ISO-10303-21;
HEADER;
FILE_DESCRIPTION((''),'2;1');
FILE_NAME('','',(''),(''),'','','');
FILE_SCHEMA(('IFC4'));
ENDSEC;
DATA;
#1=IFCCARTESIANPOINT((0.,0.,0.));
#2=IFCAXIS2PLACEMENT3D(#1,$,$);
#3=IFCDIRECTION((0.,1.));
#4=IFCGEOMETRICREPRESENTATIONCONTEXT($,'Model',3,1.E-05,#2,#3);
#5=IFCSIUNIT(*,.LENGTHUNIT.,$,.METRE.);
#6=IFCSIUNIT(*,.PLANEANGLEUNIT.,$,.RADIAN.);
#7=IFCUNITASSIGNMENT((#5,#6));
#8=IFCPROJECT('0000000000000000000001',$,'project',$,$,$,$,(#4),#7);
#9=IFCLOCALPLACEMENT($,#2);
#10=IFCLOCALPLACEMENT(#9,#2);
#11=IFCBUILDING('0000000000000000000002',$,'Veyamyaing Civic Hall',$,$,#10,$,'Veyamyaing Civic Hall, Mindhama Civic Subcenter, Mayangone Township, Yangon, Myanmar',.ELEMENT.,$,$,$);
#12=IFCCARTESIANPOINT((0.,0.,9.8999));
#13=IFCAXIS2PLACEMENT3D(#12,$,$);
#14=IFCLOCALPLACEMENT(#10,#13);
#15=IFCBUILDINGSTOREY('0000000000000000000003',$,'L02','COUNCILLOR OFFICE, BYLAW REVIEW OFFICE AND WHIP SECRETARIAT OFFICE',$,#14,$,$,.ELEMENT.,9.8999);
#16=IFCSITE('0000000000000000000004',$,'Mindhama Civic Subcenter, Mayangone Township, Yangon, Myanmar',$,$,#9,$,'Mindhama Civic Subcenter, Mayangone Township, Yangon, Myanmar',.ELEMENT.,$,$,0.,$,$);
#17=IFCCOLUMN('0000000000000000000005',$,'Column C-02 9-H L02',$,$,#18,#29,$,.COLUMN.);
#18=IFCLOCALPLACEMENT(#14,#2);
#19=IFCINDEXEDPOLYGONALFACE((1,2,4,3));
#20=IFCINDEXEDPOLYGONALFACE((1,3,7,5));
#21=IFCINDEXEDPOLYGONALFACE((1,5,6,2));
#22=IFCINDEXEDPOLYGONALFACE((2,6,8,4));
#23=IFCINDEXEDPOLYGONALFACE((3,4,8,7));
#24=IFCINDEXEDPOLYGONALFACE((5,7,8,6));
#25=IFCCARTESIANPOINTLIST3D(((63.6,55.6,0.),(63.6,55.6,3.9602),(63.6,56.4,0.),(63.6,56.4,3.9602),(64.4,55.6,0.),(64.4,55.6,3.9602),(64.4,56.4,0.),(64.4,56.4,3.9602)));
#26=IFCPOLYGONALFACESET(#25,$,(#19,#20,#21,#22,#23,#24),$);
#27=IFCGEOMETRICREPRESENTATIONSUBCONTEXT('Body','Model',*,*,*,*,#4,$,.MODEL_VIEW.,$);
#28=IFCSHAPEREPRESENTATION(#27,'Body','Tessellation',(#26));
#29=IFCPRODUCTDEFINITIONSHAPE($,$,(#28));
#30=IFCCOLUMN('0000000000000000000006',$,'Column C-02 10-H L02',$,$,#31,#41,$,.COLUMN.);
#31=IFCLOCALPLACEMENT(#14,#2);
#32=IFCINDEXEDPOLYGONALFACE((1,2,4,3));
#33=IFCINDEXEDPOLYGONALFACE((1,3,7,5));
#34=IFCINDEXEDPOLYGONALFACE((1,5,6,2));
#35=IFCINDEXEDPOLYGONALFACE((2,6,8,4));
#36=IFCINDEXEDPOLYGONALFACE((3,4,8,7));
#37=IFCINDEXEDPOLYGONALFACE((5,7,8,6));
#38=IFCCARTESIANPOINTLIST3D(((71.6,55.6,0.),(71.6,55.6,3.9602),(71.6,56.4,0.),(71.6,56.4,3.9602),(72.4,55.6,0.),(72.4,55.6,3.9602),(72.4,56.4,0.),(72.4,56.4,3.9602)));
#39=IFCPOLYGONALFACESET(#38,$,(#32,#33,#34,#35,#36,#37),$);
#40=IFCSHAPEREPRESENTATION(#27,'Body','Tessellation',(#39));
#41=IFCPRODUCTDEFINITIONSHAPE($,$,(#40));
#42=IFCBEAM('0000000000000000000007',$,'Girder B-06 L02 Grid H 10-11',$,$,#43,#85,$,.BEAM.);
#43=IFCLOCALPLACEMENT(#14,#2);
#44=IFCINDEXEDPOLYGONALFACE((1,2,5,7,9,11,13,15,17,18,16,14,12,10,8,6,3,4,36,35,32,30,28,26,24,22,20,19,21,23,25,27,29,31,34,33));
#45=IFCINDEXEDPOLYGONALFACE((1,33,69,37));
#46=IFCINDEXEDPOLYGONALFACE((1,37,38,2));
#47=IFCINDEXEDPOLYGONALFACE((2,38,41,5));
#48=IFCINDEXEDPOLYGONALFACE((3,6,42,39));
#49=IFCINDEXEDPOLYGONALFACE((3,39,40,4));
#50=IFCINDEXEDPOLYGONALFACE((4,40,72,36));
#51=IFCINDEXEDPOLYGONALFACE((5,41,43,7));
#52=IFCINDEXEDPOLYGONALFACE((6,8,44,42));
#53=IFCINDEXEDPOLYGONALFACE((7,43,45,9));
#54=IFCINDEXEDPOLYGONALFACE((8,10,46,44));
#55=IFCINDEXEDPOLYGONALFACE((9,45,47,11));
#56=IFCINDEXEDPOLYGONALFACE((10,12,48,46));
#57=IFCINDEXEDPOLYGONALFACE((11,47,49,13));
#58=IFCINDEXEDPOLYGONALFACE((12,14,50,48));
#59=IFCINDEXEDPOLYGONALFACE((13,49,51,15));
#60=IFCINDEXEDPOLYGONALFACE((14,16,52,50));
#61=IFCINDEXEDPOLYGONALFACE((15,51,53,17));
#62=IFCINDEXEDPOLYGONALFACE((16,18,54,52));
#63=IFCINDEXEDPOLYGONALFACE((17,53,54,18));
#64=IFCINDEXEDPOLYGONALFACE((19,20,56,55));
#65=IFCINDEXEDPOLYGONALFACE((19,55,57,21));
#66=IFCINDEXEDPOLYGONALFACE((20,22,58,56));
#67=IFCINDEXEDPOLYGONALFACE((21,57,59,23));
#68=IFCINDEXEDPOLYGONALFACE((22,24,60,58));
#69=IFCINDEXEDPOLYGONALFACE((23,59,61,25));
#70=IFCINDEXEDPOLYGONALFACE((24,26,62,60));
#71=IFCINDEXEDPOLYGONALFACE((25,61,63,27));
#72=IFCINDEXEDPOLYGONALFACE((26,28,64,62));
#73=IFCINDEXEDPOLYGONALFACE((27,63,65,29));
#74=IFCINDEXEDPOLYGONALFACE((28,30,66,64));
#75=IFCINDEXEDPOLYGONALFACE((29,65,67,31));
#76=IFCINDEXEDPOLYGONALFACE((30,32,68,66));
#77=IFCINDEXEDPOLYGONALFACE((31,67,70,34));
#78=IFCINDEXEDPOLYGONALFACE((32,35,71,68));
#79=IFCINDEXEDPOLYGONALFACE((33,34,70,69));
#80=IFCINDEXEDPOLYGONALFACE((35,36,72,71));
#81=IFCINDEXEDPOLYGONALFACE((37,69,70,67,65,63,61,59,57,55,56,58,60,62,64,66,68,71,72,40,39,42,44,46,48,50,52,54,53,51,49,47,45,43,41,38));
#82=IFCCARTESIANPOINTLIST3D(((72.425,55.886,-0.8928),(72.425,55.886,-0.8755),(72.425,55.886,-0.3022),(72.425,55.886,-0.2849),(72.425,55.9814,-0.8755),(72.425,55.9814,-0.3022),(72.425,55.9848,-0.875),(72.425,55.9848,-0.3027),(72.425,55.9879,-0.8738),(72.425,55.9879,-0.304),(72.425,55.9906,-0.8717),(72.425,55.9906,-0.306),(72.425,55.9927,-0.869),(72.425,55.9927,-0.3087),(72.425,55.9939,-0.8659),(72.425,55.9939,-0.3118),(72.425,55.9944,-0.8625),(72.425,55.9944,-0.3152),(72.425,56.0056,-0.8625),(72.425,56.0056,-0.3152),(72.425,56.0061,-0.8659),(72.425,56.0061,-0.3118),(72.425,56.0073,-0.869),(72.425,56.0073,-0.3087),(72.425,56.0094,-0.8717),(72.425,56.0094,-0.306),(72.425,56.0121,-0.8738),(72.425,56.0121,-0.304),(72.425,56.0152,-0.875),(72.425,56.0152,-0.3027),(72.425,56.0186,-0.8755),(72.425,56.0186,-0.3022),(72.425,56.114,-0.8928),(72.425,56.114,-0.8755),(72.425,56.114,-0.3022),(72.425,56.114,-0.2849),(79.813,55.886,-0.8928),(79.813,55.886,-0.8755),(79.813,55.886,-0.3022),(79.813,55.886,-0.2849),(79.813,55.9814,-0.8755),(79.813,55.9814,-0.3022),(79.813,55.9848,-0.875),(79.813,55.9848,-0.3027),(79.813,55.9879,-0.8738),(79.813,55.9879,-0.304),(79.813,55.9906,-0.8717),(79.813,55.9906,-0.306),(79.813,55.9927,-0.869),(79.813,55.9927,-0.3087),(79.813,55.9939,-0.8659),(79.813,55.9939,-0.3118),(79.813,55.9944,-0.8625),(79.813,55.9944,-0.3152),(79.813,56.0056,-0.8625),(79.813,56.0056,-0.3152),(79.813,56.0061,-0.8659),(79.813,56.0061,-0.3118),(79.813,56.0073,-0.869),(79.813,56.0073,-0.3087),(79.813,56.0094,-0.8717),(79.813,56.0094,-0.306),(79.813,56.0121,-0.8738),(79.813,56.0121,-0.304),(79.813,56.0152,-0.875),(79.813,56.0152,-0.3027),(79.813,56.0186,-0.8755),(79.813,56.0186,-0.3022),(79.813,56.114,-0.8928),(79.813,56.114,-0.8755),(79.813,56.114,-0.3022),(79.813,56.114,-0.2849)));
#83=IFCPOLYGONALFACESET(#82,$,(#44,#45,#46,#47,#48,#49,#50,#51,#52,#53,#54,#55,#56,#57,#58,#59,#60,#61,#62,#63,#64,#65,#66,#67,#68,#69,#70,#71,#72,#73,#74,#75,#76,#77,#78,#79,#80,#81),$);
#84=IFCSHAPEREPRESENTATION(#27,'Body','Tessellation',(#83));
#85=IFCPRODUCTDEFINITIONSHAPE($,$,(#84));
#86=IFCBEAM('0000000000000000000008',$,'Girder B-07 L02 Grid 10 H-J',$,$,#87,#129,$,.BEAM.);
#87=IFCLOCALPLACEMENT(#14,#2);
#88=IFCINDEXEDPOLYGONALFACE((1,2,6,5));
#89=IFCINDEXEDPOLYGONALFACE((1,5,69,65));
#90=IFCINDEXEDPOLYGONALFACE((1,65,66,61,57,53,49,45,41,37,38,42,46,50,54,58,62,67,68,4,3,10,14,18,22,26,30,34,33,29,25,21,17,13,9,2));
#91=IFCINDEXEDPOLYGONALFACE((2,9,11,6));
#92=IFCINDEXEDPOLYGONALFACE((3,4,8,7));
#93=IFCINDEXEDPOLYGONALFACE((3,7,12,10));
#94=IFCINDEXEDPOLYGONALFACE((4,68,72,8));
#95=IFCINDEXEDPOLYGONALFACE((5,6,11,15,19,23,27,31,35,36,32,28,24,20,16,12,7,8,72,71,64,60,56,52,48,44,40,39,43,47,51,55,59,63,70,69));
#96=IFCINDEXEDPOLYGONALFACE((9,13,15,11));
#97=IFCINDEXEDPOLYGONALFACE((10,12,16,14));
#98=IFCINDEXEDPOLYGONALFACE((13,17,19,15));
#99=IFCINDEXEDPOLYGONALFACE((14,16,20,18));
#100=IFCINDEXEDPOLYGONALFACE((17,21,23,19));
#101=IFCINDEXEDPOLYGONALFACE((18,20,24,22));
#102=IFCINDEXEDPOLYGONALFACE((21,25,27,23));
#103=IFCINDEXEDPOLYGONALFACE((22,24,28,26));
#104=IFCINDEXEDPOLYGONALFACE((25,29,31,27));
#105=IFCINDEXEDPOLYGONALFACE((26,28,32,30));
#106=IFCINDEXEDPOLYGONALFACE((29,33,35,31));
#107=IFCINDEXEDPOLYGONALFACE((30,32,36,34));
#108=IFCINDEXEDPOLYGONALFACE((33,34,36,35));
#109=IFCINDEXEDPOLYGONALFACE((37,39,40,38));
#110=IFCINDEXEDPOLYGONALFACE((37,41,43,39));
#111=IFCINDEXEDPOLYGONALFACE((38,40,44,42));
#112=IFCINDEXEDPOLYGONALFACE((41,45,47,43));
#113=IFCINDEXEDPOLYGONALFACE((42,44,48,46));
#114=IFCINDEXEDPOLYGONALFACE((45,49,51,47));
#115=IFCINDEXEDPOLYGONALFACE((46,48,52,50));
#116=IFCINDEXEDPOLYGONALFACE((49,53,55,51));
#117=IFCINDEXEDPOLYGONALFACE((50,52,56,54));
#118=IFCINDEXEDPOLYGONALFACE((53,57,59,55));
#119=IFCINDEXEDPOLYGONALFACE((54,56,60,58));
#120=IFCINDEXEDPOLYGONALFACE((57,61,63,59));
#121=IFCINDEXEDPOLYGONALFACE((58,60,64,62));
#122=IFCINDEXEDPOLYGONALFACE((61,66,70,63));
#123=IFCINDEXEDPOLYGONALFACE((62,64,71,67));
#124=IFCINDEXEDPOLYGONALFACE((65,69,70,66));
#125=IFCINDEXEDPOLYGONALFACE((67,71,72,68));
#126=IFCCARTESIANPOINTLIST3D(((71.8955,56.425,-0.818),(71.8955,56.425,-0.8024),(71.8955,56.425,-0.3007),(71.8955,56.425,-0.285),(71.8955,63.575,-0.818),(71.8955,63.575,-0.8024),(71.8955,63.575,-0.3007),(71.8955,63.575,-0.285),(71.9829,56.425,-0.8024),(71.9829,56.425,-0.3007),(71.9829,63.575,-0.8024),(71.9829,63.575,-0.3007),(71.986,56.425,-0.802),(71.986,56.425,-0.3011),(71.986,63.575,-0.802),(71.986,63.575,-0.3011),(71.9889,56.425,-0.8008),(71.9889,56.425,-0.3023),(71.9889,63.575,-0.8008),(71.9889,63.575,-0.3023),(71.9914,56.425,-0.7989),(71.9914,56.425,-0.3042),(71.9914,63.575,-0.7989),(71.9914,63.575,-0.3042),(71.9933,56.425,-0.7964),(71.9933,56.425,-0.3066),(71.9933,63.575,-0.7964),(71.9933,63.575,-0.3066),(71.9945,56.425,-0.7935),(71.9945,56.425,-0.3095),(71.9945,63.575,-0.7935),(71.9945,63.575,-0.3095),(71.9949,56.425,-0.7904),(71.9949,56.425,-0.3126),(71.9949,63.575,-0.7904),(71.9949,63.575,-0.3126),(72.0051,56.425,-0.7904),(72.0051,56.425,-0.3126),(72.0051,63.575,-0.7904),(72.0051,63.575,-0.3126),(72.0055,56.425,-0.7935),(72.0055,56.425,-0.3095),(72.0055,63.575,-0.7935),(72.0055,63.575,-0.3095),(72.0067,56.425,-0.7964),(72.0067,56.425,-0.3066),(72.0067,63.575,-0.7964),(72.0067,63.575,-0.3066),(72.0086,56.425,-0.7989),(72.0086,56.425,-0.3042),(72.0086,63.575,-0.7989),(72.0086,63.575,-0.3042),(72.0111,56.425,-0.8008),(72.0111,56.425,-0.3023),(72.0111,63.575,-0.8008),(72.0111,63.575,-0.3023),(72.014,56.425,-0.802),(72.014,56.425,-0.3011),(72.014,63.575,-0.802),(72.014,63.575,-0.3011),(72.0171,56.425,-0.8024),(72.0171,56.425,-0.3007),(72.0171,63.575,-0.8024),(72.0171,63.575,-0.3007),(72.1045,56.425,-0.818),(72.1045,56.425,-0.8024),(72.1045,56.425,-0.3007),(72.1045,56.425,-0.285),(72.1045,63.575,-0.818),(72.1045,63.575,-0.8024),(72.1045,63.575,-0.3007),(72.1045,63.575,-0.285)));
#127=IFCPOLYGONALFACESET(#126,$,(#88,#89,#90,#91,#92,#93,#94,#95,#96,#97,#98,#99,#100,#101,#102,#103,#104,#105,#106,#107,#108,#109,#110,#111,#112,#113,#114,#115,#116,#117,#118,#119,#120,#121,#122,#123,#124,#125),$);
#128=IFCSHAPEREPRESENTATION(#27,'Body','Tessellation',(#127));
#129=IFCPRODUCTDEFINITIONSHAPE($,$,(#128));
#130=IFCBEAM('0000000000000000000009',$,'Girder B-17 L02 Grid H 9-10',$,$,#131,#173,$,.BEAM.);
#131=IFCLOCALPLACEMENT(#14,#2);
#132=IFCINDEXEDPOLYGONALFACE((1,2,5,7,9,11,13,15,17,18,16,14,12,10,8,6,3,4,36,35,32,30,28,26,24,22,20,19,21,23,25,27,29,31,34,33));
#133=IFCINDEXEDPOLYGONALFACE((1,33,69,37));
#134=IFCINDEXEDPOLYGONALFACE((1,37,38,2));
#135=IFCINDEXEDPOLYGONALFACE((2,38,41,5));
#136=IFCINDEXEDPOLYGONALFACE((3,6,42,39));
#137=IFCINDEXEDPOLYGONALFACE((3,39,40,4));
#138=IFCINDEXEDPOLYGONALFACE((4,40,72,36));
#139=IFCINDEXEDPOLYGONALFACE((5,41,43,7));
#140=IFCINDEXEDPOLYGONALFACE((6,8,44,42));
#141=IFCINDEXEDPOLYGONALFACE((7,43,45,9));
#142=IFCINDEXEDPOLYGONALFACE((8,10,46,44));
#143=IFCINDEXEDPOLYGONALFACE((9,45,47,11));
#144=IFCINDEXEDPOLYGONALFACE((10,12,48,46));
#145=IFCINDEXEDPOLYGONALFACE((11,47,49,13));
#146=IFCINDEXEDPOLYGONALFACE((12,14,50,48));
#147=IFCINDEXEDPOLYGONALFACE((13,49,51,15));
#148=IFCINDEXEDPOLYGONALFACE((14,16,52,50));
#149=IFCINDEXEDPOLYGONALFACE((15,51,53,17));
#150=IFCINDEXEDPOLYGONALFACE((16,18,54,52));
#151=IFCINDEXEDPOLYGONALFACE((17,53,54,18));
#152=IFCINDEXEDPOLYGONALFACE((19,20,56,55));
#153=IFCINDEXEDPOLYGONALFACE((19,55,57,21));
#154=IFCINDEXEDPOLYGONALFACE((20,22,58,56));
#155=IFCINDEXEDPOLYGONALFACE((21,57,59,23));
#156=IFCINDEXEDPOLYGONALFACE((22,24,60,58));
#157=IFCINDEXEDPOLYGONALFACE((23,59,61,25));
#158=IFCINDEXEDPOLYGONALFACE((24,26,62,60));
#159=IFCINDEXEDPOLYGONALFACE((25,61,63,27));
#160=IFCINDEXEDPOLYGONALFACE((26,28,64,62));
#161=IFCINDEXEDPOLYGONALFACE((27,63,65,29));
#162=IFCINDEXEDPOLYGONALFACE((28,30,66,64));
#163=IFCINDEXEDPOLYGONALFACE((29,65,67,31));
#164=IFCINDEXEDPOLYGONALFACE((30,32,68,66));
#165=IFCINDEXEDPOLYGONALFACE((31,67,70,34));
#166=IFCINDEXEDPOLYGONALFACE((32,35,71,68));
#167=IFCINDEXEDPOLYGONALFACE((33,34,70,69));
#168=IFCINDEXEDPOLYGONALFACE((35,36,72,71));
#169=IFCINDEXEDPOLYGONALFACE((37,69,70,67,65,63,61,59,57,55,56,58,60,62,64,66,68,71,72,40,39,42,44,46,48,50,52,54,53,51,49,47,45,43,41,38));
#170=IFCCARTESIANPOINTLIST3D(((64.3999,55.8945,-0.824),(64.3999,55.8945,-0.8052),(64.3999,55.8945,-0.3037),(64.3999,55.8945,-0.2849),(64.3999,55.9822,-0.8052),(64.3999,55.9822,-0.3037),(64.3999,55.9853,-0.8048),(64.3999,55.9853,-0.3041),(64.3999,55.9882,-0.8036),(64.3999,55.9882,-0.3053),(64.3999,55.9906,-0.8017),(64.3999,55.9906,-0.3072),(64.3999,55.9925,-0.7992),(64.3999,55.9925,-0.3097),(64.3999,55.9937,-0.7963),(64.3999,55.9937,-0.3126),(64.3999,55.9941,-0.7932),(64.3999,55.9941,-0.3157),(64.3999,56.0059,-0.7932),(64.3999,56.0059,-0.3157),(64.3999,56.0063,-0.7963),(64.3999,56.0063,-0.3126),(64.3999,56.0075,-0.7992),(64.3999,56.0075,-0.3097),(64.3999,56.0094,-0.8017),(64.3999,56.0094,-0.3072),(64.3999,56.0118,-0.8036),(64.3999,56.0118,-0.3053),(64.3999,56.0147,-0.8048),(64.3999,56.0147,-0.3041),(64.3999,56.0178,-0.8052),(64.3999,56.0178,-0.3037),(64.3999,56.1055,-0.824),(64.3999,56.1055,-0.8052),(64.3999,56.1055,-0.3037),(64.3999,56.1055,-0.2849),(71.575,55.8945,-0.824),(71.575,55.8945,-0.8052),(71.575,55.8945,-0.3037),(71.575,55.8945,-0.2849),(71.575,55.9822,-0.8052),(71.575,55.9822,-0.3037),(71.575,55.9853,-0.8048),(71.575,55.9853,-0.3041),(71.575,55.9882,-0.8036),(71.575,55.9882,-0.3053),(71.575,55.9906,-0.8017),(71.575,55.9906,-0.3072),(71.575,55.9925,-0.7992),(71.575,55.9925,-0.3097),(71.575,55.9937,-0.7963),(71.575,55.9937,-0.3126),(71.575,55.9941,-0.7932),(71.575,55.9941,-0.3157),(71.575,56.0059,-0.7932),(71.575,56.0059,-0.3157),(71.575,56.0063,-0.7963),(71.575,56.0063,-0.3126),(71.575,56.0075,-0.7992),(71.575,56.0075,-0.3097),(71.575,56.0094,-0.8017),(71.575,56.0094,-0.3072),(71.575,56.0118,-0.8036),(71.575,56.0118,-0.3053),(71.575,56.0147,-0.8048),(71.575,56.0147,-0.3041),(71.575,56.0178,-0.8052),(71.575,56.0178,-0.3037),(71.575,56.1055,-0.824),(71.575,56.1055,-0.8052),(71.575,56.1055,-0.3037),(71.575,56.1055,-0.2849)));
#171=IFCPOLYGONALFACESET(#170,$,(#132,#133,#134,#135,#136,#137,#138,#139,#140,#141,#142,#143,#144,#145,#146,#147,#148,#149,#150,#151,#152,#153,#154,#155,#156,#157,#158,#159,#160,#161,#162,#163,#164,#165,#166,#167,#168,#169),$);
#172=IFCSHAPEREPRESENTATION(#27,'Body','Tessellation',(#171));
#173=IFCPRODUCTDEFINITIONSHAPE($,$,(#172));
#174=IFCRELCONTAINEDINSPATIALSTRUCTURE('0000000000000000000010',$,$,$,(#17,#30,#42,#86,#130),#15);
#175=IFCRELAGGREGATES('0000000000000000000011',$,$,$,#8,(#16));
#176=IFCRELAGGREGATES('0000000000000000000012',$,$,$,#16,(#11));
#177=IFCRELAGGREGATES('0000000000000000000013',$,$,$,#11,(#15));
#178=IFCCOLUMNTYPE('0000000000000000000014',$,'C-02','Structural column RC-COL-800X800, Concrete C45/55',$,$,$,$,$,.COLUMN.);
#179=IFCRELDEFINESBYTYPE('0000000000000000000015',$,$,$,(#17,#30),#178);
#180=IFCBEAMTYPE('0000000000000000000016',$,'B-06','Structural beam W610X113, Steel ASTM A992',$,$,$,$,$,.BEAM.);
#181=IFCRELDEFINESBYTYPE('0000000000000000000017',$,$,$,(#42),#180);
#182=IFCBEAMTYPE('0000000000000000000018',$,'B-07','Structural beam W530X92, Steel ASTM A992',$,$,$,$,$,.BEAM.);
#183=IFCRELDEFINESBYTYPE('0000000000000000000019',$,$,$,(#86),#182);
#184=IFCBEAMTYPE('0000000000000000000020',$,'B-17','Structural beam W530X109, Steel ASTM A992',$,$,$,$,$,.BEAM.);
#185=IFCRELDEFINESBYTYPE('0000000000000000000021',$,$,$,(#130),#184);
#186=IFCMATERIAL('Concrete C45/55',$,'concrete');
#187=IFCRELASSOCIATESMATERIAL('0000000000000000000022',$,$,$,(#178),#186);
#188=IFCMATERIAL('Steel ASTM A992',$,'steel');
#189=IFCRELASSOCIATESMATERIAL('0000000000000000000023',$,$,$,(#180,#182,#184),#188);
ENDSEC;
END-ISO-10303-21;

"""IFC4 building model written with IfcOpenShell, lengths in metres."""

from ifc_helpers import new_model, si_unit, direction, frame, origin, origin_2d, place, context, subcontext, project, spatial, rectangle, i_section, extrude, material, material_profile, profile_set, type_object, element, save


model = new_model("IFC4")

# Units and contexts
model_context = context("Model", 3, precision=1e-05, world=origin(), true_north=direction((0.0, 1.0)))
body_context = subcontext(model_context, "Body", "Model", "MODEL_VIEW")
ifc_project = project(units=[si_unit("LENGTHUNIT", "METRE"), si_unit("PLANEANGLEUNIT", "RADIAN")], contexts=[model_context])

# Site, building, storey
site_placement = place(None, origin())
site = spatial("IfcSite", under=ifc_project, at=site_placement, Name="Mindhama Civic Subcenter, Mayangone Township, Yangon, Myanmar", LongName="Mindhama Civic Subcenter, Mayangone Township, Yangon, Myanmar", CompositionType="ELEMENT", RefElevation=0.0)
building_placement = place(site_placement, origin())
building = spatial("IfcBuilding", under=site, at=building_placement, Name="Veyamyaing Civic Hall", LongName="Veyamyaing Civic Hall, Mindhama Civic Subcenter, Mayangone Township, Yangon, Myanmar", CompositionType="ELEMENT")
storey_placement = place(building_placement, frame((0.0, 0.0, 9.8999)))
storey = spatial("IfcBuildingStorey", under=building, at=storey_placement, Name="L02", Description="COUNCILLOR OFFICE, BYLAW REVIEW OFFICE AND WHIP SECRETARIAT OFFICE", CompositionType="ELEMENT", Elevation=9.8999)

# Columns
ifc_material_1 = material(Name="Concrete C45/55", Category="concrete")
ifc_material_profile_1 = material_profile(ifc_material_1, rectangle(XDim=0.8, YDim=0.8, at=origin_2d()), Name="RC-COL-800X800")
ifc_profile_set_1 = profile_set([ifc_material_profile_1], Name="Concrete C45/55")
column_type = type_object("IfcColumnType", Name="C-02", Description="Structural column RC-COL-800X800, Concrete C45/55", PredefinedType="COLUMN", material=ifc_profile_set_1)
for number, where, z_axis, x_axis, name in (
    (1, (64.0, 56.0, 0.0), (0.0, 0.0, 1.0), (1.0, 0.0, 0.0), "Column C-02 9-H L02"),
    (2, (72.0, 56.0, 0.0), (0.0, 0.0, 1.0), (1.0, 0.0, 0.0), "Column C-02 10-H L02"),
):
    element("IfcColumn", number, at=place(storey_placement, frame(where, z_axis=z_axis, x_axis=x_axis)), inside=storey, type_object=column_type, Name=name, PredefinedType="COLUMN", context=body_context, shape_type="SweptSolid", body=[
        extrude(rectangle(XDim=0.8, YDim=0.8, at=origin_2d()), origin(), (0.0, 0.0, 1.0), 3.9602),
    ])

# Beams
ifc_material_2 = material(Name="Steel ASTM A992", Category="steel")
ifc_material_profile_2 = material_profile(ifc_material_2, i_section(OverallWidth=0.228, OverallDepth=0.6079, WebThickness=0.0112, FlangeThickness=0.0173, FilletRadius=0.0129, at=origin_2d()), Name="W610X113")
ifc_profile_set_2 = profile_set([ifc_material_profile_2], Name="Steel ASTM A992")
beam_type_1 = type_object("IfcBeamType", Name="B-06", Description="Structural beam W610X113, Steel ASTM A992", PredefinedType="BEAM", material=ifc_profile_set_2)
beam_1_placement = place(storey_placement, frame((72.425, 56.0, -0.5889), z_axis=(1.0, 0.0, 0.0), x_axis=(0.0, 1.0, 0.0)))
element("IfcBeam", 3, at=beam_1_placement, inside=storey, type_object=beam_type_1, Name="Girder B-06 L02 Grid H 10-11", PredefinedType="BEAM", context=body_context, shape_type="SweptSolid", body=[
    extrude(i_section(OverallWidth=0.228, OverallDepth=0.6079, WebThickness=0.0112, FlangeThickness=0.0173, FilletRadius=0.0129, at=origin_2d()), origin(), (0.0, 0.0, 1.0), 7.3879),
])
ifc_material_profile_3 = material_profile(ifc_material_2, i_section(OverallWidth=0.209, OverallDepth=0.533, WebThickness=0.0103, FlangeThickness=0.0156, FilletRadius=0.012, at=origin_2d()), Name="W530X92")
ifc_profile_set_3 = profile_set([ifc_material_profile_3], Name="Steel ASTM A992")
beam_type_2 = type_object("IfcBeamType", Name="B-07", Description="Structural beam W530X92, Steel ASTM A992", PredefinedType="BEAM", material=ifc_profile_set_3)
beam_2_placement = place(storey_placement, frame((72.0, 56.425, -0.5515), z_axis=(0.0, 1.0, 0.0), x_axis=(-1.0, 0.0, 0.0)))
element("IfcBeam", 4, at=beam_2_placement, inside=storey, type_object=beam_type_2, Name="Girder B-07 L02 Grid 10 H-J", PredefinedType="BEAM", context=body_context, shape_type="SweptSolid", body=[
    extrude(i_section(OverallWidth=0.209, OverallDepth=0.533, WebThickness=0.0103, FlangeThickness=0.0156, FilletRadius=0.012, at=origin_2d()), origin(), (0.0, 0.0, 1.0), 7.1499),
])
ifc_material_profile_4 = material_profile(ifc_material_2, i_section(OverallWidth=0.2109, OverallDepth=0.5391, WebThickness=0.0117, FlangeThickness=0.0188, FilletRadius=0.012, at=origin_2d()), Name="W530X109")
ifc_profile_set_4 = profile_set([ifc_material_profile_4], Name="Steel ASTM A992")
beam_type_3 = type_object("IfcBeamType", Name="B-17", Description="Structural beam W530X109, Steel ASTM A992", PredefinedType="BEAM", material=ifc_profile_set_4)
beam_3_placement = place(storey_placement, frame((64.3999, 56.0, -0.5544), z_axis=(1.0, 0.0, 0.0), x_axis=(0.0, 1.0, 0.0)))
element("IfcBeam", 5, at=beam_3_placement, inside=storey, type_object=beam_type_3, Name="Girder B-17 L02 Grid H 9-10", PredefinedType="BEAM", context=body_context, shape_type="SweptSolid", body=[
    extrude(i_section(OverallWidth=0.2109, OverallDepth=0.5391, WebThickness=0.0117, FlangeThickness=0.0188, FilletRadius=0.012, at=origin_2d()), origin(), (0.0, 0.0, 1.0), 7.175),
])

save(model, "model.ifc")
